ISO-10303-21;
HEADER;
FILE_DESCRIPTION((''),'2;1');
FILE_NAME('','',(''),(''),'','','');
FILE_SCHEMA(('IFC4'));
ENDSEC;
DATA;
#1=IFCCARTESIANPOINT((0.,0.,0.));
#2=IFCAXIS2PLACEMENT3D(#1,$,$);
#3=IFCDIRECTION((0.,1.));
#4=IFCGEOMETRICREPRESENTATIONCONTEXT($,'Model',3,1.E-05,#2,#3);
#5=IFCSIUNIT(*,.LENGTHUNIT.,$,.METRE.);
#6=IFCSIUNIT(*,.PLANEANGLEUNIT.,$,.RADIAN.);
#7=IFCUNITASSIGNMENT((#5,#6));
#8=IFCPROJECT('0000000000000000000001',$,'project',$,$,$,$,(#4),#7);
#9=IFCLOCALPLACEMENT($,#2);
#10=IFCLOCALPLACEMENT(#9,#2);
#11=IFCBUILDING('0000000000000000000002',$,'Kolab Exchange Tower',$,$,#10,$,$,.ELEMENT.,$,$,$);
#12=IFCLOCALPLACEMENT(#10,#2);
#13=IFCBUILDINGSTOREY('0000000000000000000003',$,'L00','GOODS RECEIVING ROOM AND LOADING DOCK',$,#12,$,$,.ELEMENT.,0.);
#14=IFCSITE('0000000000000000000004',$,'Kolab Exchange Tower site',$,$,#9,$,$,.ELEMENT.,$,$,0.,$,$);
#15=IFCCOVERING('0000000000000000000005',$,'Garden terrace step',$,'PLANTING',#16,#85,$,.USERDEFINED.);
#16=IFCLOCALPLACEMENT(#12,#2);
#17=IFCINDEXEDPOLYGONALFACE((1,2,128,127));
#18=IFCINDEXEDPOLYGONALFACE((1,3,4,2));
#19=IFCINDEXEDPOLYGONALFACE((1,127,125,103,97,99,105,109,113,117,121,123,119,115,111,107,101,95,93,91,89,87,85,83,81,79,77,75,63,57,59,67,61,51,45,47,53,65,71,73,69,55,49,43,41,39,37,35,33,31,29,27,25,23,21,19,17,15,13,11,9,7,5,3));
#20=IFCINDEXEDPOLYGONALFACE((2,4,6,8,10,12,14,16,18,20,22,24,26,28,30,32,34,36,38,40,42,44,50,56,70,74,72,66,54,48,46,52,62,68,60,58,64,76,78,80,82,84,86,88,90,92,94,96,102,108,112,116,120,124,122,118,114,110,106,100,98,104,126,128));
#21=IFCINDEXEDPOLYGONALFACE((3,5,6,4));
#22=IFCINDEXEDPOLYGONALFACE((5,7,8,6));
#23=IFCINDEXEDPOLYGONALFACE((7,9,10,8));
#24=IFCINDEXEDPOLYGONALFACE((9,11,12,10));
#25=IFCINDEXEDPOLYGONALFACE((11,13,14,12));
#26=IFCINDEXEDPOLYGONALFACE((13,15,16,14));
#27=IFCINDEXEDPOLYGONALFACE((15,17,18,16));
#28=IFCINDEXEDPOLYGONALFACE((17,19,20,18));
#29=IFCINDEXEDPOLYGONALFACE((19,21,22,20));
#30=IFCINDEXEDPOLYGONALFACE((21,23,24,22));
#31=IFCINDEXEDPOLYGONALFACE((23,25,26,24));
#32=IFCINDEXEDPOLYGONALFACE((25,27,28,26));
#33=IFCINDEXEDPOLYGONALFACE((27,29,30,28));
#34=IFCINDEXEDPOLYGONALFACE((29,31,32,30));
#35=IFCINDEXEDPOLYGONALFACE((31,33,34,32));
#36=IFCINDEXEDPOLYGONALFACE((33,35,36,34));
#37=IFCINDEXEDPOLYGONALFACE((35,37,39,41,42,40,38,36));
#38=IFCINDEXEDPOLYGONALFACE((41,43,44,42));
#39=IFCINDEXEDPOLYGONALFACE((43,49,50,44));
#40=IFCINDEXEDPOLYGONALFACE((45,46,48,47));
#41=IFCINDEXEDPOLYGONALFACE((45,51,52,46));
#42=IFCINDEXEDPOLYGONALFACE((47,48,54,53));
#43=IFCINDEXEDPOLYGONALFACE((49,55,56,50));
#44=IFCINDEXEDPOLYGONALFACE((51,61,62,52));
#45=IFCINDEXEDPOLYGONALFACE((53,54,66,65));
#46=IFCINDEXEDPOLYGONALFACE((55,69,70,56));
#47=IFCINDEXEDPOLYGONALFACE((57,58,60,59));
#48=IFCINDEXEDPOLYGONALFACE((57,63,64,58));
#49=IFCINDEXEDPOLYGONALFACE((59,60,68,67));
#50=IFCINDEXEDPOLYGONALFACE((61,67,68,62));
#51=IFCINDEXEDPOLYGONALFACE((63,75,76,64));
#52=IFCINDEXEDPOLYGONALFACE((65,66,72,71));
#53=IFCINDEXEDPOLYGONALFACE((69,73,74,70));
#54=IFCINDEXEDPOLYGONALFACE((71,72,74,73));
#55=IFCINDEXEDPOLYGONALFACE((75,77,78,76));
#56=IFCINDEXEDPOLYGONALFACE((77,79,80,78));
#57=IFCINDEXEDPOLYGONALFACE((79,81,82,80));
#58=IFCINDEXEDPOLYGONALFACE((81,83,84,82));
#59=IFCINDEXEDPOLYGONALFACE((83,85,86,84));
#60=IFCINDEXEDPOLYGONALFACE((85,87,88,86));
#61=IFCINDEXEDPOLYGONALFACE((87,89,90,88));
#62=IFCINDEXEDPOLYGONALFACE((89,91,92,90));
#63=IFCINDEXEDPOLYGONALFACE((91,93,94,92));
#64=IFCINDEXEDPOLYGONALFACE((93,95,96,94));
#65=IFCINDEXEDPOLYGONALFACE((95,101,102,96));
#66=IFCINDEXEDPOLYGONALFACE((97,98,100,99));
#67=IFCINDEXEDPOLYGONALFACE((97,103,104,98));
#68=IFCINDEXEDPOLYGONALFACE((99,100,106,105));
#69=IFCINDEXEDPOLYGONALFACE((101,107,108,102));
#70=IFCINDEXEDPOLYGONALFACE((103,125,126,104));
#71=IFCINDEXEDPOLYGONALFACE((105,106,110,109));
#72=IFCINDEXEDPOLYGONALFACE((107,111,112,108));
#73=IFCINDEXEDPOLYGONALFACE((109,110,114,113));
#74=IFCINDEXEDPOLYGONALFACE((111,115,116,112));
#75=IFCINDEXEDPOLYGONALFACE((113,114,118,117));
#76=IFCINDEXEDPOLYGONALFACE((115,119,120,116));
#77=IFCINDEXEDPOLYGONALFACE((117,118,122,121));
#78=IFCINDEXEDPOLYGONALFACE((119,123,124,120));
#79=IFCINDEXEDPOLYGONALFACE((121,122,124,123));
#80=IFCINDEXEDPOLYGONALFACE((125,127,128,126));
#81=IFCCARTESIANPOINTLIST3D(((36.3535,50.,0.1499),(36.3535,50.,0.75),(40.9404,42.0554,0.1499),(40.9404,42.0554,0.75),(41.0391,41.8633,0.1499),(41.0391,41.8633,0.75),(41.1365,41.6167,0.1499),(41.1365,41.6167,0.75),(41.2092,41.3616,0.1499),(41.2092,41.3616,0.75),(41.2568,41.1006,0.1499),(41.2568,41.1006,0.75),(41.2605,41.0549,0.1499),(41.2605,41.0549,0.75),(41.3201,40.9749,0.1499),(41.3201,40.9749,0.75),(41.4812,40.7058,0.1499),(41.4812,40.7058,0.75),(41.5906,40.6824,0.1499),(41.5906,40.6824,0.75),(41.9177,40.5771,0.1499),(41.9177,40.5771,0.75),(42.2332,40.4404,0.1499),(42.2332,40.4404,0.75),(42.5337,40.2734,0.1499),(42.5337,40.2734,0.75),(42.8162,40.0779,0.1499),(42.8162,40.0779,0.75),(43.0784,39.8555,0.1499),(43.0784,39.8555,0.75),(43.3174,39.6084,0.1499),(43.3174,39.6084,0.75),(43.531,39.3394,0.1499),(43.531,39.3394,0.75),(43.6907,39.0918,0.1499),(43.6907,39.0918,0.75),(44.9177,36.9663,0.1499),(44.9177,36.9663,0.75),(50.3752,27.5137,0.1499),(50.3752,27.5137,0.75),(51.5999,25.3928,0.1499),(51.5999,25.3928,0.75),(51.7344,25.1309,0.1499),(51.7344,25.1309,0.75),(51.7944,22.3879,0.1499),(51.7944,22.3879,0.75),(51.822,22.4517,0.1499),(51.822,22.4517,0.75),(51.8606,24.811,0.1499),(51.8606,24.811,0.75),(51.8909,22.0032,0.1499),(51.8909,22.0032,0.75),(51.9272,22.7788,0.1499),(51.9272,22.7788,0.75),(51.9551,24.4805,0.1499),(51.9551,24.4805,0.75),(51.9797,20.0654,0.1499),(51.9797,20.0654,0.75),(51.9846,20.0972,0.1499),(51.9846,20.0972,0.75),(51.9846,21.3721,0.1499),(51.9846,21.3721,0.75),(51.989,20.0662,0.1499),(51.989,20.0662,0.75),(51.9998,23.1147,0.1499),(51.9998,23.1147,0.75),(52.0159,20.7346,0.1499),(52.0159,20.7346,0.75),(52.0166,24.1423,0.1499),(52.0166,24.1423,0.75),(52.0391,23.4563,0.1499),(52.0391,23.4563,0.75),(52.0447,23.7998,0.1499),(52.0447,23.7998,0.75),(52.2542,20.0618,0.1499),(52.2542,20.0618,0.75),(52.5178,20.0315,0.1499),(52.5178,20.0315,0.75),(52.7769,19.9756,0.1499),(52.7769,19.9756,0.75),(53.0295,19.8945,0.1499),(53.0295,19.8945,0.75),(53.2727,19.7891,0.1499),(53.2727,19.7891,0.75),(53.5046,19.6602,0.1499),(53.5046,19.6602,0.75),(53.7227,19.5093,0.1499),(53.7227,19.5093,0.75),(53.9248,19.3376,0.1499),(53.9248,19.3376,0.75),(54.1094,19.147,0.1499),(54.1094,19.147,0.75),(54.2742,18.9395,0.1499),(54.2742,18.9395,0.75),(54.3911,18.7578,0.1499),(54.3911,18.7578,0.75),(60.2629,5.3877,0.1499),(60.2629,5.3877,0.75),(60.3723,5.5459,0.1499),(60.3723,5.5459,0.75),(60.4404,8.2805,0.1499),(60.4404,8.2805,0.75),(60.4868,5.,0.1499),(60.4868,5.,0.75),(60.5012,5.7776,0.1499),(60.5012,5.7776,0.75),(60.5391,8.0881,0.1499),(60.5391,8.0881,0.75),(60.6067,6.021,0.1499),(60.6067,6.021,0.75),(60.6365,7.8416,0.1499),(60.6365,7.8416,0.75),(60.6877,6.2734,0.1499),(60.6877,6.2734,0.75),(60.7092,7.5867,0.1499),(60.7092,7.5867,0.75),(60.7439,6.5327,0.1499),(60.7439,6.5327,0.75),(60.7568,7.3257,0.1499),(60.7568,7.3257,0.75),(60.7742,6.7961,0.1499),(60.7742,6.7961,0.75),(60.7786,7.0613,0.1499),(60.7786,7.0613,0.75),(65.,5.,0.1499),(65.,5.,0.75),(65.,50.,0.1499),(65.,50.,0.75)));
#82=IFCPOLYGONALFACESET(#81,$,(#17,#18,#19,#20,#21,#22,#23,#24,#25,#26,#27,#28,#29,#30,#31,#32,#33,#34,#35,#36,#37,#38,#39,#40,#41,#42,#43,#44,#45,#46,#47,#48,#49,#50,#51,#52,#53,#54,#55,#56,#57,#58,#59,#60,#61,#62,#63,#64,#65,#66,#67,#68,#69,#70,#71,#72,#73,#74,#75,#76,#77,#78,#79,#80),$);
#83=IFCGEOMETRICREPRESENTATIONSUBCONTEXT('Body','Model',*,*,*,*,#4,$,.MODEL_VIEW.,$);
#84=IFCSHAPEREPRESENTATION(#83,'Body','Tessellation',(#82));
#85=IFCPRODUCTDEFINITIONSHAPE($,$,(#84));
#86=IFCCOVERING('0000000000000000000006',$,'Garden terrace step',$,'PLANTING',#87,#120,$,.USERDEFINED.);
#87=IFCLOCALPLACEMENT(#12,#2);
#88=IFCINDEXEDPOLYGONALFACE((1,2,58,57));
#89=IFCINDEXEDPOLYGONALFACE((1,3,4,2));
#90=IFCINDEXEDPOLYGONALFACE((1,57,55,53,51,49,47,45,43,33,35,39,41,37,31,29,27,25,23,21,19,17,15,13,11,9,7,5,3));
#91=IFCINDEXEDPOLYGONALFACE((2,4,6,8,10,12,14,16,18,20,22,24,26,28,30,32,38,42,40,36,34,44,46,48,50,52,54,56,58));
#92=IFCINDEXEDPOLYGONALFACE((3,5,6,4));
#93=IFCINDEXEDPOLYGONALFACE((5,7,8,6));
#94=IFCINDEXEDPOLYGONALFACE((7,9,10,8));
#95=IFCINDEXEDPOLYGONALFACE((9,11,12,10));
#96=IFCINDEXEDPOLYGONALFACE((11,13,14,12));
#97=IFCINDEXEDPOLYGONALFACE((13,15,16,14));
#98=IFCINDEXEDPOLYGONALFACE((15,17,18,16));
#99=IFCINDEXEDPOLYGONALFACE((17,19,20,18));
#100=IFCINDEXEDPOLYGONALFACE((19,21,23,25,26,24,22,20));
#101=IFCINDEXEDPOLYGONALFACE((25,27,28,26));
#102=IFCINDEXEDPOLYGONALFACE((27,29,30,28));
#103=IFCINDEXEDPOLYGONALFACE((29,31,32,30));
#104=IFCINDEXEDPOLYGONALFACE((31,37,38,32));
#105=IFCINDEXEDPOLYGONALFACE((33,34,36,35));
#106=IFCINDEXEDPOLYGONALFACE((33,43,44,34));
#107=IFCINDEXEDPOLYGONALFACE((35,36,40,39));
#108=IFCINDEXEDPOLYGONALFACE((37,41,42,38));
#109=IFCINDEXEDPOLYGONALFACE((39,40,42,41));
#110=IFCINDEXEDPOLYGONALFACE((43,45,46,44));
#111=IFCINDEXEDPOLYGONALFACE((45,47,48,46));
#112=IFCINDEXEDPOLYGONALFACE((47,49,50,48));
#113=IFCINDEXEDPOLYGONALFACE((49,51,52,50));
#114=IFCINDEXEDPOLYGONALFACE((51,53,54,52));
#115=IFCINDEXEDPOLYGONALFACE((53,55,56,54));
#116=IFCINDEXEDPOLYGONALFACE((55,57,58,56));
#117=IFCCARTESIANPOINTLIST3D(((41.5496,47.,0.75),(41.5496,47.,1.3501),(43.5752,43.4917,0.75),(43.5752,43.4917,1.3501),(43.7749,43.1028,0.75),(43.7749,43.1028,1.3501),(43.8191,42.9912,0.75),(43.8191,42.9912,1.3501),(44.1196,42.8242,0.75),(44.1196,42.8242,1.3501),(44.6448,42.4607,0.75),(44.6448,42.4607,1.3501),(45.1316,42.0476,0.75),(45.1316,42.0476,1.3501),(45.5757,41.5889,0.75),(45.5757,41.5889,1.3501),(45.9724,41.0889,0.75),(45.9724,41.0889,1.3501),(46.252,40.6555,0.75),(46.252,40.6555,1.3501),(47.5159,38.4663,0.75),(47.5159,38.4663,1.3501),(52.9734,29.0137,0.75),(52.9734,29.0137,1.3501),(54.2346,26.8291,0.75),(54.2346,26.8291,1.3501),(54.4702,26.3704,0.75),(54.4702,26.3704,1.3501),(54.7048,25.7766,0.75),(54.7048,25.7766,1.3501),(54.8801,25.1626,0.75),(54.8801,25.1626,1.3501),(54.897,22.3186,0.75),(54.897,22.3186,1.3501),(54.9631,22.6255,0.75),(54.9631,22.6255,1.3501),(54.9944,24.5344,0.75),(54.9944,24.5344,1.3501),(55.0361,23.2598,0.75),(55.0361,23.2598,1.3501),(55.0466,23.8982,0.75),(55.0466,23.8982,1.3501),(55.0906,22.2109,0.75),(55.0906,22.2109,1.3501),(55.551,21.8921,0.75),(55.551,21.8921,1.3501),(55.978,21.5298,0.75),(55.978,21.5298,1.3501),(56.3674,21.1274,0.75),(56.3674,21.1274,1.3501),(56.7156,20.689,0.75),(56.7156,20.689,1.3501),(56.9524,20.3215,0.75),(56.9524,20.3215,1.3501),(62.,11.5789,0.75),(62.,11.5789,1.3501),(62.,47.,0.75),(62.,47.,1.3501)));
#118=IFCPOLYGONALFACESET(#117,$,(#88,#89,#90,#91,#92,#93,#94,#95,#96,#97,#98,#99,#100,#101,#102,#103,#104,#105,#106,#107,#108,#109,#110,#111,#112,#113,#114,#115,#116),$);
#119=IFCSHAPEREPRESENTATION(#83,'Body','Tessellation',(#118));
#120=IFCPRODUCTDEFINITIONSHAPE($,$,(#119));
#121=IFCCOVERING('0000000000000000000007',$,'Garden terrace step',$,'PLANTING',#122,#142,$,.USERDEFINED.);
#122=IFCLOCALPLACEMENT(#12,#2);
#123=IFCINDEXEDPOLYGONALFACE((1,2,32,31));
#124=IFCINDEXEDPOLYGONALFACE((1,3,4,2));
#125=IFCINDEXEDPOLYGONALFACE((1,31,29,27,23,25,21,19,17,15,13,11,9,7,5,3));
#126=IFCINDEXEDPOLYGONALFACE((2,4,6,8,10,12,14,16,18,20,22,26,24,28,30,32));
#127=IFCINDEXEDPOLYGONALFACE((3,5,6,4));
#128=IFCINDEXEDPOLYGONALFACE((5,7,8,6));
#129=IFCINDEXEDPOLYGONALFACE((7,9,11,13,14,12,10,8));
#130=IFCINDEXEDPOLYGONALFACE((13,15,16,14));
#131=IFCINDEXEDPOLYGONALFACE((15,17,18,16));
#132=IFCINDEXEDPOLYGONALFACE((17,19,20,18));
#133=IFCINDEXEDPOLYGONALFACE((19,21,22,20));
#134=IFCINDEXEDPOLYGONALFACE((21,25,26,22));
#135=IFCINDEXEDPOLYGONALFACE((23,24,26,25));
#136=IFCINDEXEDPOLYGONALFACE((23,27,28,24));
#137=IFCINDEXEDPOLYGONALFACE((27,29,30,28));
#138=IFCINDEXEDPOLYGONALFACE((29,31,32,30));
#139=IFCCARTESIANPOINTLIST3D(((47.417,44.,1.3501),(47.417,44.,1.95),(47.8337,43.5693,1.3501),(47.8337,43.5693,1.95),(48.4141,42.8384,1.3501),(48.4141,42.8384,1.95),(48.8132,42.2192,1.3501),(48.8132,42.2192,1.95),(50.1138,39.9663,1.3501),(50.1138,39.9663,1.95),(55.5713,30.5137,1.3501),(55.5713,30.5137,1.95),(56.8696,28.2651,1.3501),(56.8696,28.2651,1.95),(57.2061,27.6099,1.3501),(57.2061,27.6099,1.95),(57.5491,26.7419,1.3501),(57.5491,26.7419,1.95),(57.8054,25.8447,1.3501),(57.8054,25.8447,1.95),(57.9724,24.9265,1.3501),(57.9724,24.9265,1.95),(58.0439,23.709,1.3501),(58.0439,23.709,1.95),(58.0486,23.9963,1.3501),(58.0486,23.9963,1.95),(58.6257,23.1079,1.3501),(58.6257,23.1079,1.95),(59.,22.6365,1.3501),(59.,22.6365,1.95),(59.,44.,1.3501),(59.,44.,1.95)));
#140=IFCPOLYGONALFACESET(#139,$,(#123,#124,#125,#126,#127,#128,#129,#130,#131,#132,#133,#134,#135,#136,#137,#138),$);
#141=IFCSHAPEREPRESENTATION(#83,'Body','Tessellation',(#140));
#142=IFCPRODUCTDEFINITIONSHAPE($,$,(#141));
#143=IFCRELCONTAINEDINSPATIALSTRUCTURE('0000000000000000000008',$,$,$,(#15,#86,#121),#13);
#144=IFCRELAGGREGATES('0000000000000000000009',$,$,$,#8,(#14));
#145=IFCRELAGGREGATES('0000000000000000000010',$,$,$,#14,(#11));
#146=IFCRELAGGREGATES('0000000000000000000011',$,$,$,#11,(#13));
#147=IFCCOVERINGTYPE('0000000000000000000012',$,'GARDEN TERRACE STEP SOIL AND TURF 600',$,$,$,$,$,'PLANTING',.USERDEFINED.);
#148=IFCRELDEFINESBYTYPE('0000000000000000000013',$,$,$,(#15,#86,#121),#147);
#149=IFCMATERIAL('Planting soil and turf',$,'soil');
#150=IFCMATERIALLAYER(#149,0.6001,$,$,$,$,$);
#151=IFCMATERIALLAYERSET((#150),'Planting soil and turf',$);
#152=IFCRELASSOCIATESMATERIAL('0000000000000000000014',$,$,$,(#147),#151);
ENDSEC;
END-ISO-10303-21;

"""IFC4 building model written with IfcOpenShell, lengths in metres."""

from ifc_helpers import new_model, si_unit, direction, frame, origin, place, context, subcontext, project, spatial, polyline, outline, extrude, material, layer, layer_set, type_object, element, save


model = new_model("IFC4")

# Units and contexts
model_context = context("Model", 3, precision=1e-05, world=origin(), true_north=direction((0.0, 1.0)))
body_context = subcontext(model_context, "Body", "Model", "MODEL_VIEW")
ifc_project = project(units=[si_unit("LENGTHUNIT", "METRE"), si_unit("PLANEANGLEUNIT", "RADIAN")], contexts=[model_context])

# Site, building, storey
site_placement = place(None, origin())
site = spatial("IfcSite", under=ifc_project, at=site_placement, Name="Kolab Exchange Tower site", CompositionType="ELEMENT", RefElevation=0.0)
building_placement = place(site_placement, origin())
building = spatial("IfcBuilding", under=site, at=building_placement, Name="Kolab Exchange Tower", CompositionType="ELEMENT")
storey_placement = place(building_placement, origin())
storey = spatial("IfcBuildingStorey", under=building, at=storey_placement, Name="L00", Description="GOODS RECEIVING ROOM AND LOADING DOCK", CompositionType="ELEMENT", Elevation=0.0)

# Coverings
ifc_material_1 = material(Name="Planting soil and turf", Category="soil")
ifc_layer_1 = layer(ifc_material_1, 0.6001)
ifc_layer_set_1 = layer_set([ifc_layer_1], Name="Planting soil and turf")
covering_type_1 = type_object("IfcCoveringType", Name="GARDEN TERRACE STEP SOIL AND TURF 600", ElementType="PLANTING", PredefinedType="USERDEFINED", material=ifc_layer_set_1)
covering_1_placement = place(storey_placement, frame((0.0, 0.0, 0.1499)))
element("IfcCovering", 1, at=covering_1_placement, inside=storey, type_object=covering_type_1, Name="Garden terrace step", ObjectType="PLANTING", PredefinedType="USERDEFINED", context=body_context, shape_type="SweptSolid", body=[
    extrude(outline(polyline([(36.3535, 50.0), (65.0, 50.0), (65.0, 5.0), (60.4868, 5.0), (60.2629, 5.3877), (60.3723, 5.5459), (60.5012, 5.7776), (60.6067, 6.021), (60.6877, 6.2734), (60.7439, 6.5327), (60.7742, 6.7961), (60.7786, 7.0613), (60.7568, 7.3257), (60.7092, 7.5867), (60.6365, 7.8416), (60.5391, 8.0881), (60.4404, 8.2805), (54.3911, 18.7578), (54.2742, 18.9395), (54.1094, 19.147), (53.9248, 19.3376), (53.7227, 19.5093), (53.5046, 19.6602), (53.2727, 19.7891), (53.0295, 19.8945), (52.7769, 19.9756), (52.5178, 20.0315), (52.2542, 20.0618), (51.989, 20.0662), (51.9797, 20.0654), (51.9846, 20.0972), (52.0159, 20.7346), (51.9846, 21.3721), (51.8909, 22.0032), (51.7944, 22.3879), (51.822, 22.4517), (51.9272, 22.7788), (51.9998, 23.1147), (52.0391, 23.4563), (52.0447, 23.7998), (52.0166, 24.1423), (51.9551, 24.4805), (51.8606, 24.811), (51.7344, 25.1309), (51.5999, 25.3928), (50.3752, 27.5137), (44.9177, 36.9663), (43.6907, 39.0918), (43.531, 39.3394), (43.3174, 39.6084), (43.0784, 39.8555), (42.8162, 40.0779), (42.5337, 40.2734), (42.2332, 40.4404), (41.9177, 40.5771), (41.5906, 40.6824), (41.4812, 40.7058), (41.3201, 40.9749), (41.2605, 41.0549), (41.2568, 41.1006), (41.2092, 41.3616), (41.1365, 41.6167), (41.0391, 41.8633), (40.9404, 42.0554), (36.3535, 50.0)])), origin(), (0.0, 0.0, 1.0), 0.6001),
])
covering_2_placement = place(storey_placement, frame((0.0, 0.0, 0.75)))
element("IfcCovering", 2, at=covering_2_placement, inside=storey, type_object=covering_type_1, Name="Garden terrace step", ObjectType="PLANTING", PredefinedType="USERDEFINED", context=body_context, shape_type="SweptSolid", body=[
    extrude(outline(polyline([(41.5496, 47.0), (62.0, 47.0), (62.0, 11.5789), (56.9524, 20.3215), (56.7156, 20.689), (56.3674, 21.1274), (55.978, 21.5298), (55.551, 21.8921), (55.0906, 22.2109), (54.897, 22.3186), (54.9631, 22.6255), (55.0361, 23.2598), (55.0466, 23.8982), (54.9944, 24.5344), (54.8801, 25.1626), (54.7048, 25.7766), (54.4702, 26.3704), (54.2346, 26.8291), (52.9734, 29.0137), (47.5159, 38.4663), (46.252, 40.6555), (45.9724, 41.0889), (45.5757, 41.5889), (45.1316, 42.0476), (44.6448, 42.4607), (44.1196, 42.8242), (43.8191, 42.9912), (43.7749, 43.1028), (43.5752, 43.4917), (41.5496, 47.0)])), origin(), (0.0, 0.0, 1.0), 0.6001),
])
covering_3_placement = place(storey_placement, frame((0.0, 0.0, 1.3501)))
element("IfcCovering", 3, at=covering_3_placement, inside=storey, type_object=covering_type_1, Name="Garden terrace step", ObjectType="PLANTING", PredefinedType="USERDEFINED", context=body_context, shape_type="SweptSolid", body=[
    extrude(outline(polyline([(47.417, 44.0), (59.0, 44.0), (59.0, 22.6365), (58.6257, 23.1079), (58.0439, 23.709), (58.0486, 23.9963), (57.9724, 24.9265), (57.8054, 25.8447), (57.5491, 26.7419), (57.2061, 27.6099), (56.8696, 28.2651), (55.5713, 30.5137), (50.1138, 39.9663), (48.8132, 42.2192), (48.4141, 42.8384), (47.8337, 43.5693), (47.417, 44.0)])), origin(), (0.0, 0.0, 1.0), 0.5999),
])

save(model, "model.ifc")
